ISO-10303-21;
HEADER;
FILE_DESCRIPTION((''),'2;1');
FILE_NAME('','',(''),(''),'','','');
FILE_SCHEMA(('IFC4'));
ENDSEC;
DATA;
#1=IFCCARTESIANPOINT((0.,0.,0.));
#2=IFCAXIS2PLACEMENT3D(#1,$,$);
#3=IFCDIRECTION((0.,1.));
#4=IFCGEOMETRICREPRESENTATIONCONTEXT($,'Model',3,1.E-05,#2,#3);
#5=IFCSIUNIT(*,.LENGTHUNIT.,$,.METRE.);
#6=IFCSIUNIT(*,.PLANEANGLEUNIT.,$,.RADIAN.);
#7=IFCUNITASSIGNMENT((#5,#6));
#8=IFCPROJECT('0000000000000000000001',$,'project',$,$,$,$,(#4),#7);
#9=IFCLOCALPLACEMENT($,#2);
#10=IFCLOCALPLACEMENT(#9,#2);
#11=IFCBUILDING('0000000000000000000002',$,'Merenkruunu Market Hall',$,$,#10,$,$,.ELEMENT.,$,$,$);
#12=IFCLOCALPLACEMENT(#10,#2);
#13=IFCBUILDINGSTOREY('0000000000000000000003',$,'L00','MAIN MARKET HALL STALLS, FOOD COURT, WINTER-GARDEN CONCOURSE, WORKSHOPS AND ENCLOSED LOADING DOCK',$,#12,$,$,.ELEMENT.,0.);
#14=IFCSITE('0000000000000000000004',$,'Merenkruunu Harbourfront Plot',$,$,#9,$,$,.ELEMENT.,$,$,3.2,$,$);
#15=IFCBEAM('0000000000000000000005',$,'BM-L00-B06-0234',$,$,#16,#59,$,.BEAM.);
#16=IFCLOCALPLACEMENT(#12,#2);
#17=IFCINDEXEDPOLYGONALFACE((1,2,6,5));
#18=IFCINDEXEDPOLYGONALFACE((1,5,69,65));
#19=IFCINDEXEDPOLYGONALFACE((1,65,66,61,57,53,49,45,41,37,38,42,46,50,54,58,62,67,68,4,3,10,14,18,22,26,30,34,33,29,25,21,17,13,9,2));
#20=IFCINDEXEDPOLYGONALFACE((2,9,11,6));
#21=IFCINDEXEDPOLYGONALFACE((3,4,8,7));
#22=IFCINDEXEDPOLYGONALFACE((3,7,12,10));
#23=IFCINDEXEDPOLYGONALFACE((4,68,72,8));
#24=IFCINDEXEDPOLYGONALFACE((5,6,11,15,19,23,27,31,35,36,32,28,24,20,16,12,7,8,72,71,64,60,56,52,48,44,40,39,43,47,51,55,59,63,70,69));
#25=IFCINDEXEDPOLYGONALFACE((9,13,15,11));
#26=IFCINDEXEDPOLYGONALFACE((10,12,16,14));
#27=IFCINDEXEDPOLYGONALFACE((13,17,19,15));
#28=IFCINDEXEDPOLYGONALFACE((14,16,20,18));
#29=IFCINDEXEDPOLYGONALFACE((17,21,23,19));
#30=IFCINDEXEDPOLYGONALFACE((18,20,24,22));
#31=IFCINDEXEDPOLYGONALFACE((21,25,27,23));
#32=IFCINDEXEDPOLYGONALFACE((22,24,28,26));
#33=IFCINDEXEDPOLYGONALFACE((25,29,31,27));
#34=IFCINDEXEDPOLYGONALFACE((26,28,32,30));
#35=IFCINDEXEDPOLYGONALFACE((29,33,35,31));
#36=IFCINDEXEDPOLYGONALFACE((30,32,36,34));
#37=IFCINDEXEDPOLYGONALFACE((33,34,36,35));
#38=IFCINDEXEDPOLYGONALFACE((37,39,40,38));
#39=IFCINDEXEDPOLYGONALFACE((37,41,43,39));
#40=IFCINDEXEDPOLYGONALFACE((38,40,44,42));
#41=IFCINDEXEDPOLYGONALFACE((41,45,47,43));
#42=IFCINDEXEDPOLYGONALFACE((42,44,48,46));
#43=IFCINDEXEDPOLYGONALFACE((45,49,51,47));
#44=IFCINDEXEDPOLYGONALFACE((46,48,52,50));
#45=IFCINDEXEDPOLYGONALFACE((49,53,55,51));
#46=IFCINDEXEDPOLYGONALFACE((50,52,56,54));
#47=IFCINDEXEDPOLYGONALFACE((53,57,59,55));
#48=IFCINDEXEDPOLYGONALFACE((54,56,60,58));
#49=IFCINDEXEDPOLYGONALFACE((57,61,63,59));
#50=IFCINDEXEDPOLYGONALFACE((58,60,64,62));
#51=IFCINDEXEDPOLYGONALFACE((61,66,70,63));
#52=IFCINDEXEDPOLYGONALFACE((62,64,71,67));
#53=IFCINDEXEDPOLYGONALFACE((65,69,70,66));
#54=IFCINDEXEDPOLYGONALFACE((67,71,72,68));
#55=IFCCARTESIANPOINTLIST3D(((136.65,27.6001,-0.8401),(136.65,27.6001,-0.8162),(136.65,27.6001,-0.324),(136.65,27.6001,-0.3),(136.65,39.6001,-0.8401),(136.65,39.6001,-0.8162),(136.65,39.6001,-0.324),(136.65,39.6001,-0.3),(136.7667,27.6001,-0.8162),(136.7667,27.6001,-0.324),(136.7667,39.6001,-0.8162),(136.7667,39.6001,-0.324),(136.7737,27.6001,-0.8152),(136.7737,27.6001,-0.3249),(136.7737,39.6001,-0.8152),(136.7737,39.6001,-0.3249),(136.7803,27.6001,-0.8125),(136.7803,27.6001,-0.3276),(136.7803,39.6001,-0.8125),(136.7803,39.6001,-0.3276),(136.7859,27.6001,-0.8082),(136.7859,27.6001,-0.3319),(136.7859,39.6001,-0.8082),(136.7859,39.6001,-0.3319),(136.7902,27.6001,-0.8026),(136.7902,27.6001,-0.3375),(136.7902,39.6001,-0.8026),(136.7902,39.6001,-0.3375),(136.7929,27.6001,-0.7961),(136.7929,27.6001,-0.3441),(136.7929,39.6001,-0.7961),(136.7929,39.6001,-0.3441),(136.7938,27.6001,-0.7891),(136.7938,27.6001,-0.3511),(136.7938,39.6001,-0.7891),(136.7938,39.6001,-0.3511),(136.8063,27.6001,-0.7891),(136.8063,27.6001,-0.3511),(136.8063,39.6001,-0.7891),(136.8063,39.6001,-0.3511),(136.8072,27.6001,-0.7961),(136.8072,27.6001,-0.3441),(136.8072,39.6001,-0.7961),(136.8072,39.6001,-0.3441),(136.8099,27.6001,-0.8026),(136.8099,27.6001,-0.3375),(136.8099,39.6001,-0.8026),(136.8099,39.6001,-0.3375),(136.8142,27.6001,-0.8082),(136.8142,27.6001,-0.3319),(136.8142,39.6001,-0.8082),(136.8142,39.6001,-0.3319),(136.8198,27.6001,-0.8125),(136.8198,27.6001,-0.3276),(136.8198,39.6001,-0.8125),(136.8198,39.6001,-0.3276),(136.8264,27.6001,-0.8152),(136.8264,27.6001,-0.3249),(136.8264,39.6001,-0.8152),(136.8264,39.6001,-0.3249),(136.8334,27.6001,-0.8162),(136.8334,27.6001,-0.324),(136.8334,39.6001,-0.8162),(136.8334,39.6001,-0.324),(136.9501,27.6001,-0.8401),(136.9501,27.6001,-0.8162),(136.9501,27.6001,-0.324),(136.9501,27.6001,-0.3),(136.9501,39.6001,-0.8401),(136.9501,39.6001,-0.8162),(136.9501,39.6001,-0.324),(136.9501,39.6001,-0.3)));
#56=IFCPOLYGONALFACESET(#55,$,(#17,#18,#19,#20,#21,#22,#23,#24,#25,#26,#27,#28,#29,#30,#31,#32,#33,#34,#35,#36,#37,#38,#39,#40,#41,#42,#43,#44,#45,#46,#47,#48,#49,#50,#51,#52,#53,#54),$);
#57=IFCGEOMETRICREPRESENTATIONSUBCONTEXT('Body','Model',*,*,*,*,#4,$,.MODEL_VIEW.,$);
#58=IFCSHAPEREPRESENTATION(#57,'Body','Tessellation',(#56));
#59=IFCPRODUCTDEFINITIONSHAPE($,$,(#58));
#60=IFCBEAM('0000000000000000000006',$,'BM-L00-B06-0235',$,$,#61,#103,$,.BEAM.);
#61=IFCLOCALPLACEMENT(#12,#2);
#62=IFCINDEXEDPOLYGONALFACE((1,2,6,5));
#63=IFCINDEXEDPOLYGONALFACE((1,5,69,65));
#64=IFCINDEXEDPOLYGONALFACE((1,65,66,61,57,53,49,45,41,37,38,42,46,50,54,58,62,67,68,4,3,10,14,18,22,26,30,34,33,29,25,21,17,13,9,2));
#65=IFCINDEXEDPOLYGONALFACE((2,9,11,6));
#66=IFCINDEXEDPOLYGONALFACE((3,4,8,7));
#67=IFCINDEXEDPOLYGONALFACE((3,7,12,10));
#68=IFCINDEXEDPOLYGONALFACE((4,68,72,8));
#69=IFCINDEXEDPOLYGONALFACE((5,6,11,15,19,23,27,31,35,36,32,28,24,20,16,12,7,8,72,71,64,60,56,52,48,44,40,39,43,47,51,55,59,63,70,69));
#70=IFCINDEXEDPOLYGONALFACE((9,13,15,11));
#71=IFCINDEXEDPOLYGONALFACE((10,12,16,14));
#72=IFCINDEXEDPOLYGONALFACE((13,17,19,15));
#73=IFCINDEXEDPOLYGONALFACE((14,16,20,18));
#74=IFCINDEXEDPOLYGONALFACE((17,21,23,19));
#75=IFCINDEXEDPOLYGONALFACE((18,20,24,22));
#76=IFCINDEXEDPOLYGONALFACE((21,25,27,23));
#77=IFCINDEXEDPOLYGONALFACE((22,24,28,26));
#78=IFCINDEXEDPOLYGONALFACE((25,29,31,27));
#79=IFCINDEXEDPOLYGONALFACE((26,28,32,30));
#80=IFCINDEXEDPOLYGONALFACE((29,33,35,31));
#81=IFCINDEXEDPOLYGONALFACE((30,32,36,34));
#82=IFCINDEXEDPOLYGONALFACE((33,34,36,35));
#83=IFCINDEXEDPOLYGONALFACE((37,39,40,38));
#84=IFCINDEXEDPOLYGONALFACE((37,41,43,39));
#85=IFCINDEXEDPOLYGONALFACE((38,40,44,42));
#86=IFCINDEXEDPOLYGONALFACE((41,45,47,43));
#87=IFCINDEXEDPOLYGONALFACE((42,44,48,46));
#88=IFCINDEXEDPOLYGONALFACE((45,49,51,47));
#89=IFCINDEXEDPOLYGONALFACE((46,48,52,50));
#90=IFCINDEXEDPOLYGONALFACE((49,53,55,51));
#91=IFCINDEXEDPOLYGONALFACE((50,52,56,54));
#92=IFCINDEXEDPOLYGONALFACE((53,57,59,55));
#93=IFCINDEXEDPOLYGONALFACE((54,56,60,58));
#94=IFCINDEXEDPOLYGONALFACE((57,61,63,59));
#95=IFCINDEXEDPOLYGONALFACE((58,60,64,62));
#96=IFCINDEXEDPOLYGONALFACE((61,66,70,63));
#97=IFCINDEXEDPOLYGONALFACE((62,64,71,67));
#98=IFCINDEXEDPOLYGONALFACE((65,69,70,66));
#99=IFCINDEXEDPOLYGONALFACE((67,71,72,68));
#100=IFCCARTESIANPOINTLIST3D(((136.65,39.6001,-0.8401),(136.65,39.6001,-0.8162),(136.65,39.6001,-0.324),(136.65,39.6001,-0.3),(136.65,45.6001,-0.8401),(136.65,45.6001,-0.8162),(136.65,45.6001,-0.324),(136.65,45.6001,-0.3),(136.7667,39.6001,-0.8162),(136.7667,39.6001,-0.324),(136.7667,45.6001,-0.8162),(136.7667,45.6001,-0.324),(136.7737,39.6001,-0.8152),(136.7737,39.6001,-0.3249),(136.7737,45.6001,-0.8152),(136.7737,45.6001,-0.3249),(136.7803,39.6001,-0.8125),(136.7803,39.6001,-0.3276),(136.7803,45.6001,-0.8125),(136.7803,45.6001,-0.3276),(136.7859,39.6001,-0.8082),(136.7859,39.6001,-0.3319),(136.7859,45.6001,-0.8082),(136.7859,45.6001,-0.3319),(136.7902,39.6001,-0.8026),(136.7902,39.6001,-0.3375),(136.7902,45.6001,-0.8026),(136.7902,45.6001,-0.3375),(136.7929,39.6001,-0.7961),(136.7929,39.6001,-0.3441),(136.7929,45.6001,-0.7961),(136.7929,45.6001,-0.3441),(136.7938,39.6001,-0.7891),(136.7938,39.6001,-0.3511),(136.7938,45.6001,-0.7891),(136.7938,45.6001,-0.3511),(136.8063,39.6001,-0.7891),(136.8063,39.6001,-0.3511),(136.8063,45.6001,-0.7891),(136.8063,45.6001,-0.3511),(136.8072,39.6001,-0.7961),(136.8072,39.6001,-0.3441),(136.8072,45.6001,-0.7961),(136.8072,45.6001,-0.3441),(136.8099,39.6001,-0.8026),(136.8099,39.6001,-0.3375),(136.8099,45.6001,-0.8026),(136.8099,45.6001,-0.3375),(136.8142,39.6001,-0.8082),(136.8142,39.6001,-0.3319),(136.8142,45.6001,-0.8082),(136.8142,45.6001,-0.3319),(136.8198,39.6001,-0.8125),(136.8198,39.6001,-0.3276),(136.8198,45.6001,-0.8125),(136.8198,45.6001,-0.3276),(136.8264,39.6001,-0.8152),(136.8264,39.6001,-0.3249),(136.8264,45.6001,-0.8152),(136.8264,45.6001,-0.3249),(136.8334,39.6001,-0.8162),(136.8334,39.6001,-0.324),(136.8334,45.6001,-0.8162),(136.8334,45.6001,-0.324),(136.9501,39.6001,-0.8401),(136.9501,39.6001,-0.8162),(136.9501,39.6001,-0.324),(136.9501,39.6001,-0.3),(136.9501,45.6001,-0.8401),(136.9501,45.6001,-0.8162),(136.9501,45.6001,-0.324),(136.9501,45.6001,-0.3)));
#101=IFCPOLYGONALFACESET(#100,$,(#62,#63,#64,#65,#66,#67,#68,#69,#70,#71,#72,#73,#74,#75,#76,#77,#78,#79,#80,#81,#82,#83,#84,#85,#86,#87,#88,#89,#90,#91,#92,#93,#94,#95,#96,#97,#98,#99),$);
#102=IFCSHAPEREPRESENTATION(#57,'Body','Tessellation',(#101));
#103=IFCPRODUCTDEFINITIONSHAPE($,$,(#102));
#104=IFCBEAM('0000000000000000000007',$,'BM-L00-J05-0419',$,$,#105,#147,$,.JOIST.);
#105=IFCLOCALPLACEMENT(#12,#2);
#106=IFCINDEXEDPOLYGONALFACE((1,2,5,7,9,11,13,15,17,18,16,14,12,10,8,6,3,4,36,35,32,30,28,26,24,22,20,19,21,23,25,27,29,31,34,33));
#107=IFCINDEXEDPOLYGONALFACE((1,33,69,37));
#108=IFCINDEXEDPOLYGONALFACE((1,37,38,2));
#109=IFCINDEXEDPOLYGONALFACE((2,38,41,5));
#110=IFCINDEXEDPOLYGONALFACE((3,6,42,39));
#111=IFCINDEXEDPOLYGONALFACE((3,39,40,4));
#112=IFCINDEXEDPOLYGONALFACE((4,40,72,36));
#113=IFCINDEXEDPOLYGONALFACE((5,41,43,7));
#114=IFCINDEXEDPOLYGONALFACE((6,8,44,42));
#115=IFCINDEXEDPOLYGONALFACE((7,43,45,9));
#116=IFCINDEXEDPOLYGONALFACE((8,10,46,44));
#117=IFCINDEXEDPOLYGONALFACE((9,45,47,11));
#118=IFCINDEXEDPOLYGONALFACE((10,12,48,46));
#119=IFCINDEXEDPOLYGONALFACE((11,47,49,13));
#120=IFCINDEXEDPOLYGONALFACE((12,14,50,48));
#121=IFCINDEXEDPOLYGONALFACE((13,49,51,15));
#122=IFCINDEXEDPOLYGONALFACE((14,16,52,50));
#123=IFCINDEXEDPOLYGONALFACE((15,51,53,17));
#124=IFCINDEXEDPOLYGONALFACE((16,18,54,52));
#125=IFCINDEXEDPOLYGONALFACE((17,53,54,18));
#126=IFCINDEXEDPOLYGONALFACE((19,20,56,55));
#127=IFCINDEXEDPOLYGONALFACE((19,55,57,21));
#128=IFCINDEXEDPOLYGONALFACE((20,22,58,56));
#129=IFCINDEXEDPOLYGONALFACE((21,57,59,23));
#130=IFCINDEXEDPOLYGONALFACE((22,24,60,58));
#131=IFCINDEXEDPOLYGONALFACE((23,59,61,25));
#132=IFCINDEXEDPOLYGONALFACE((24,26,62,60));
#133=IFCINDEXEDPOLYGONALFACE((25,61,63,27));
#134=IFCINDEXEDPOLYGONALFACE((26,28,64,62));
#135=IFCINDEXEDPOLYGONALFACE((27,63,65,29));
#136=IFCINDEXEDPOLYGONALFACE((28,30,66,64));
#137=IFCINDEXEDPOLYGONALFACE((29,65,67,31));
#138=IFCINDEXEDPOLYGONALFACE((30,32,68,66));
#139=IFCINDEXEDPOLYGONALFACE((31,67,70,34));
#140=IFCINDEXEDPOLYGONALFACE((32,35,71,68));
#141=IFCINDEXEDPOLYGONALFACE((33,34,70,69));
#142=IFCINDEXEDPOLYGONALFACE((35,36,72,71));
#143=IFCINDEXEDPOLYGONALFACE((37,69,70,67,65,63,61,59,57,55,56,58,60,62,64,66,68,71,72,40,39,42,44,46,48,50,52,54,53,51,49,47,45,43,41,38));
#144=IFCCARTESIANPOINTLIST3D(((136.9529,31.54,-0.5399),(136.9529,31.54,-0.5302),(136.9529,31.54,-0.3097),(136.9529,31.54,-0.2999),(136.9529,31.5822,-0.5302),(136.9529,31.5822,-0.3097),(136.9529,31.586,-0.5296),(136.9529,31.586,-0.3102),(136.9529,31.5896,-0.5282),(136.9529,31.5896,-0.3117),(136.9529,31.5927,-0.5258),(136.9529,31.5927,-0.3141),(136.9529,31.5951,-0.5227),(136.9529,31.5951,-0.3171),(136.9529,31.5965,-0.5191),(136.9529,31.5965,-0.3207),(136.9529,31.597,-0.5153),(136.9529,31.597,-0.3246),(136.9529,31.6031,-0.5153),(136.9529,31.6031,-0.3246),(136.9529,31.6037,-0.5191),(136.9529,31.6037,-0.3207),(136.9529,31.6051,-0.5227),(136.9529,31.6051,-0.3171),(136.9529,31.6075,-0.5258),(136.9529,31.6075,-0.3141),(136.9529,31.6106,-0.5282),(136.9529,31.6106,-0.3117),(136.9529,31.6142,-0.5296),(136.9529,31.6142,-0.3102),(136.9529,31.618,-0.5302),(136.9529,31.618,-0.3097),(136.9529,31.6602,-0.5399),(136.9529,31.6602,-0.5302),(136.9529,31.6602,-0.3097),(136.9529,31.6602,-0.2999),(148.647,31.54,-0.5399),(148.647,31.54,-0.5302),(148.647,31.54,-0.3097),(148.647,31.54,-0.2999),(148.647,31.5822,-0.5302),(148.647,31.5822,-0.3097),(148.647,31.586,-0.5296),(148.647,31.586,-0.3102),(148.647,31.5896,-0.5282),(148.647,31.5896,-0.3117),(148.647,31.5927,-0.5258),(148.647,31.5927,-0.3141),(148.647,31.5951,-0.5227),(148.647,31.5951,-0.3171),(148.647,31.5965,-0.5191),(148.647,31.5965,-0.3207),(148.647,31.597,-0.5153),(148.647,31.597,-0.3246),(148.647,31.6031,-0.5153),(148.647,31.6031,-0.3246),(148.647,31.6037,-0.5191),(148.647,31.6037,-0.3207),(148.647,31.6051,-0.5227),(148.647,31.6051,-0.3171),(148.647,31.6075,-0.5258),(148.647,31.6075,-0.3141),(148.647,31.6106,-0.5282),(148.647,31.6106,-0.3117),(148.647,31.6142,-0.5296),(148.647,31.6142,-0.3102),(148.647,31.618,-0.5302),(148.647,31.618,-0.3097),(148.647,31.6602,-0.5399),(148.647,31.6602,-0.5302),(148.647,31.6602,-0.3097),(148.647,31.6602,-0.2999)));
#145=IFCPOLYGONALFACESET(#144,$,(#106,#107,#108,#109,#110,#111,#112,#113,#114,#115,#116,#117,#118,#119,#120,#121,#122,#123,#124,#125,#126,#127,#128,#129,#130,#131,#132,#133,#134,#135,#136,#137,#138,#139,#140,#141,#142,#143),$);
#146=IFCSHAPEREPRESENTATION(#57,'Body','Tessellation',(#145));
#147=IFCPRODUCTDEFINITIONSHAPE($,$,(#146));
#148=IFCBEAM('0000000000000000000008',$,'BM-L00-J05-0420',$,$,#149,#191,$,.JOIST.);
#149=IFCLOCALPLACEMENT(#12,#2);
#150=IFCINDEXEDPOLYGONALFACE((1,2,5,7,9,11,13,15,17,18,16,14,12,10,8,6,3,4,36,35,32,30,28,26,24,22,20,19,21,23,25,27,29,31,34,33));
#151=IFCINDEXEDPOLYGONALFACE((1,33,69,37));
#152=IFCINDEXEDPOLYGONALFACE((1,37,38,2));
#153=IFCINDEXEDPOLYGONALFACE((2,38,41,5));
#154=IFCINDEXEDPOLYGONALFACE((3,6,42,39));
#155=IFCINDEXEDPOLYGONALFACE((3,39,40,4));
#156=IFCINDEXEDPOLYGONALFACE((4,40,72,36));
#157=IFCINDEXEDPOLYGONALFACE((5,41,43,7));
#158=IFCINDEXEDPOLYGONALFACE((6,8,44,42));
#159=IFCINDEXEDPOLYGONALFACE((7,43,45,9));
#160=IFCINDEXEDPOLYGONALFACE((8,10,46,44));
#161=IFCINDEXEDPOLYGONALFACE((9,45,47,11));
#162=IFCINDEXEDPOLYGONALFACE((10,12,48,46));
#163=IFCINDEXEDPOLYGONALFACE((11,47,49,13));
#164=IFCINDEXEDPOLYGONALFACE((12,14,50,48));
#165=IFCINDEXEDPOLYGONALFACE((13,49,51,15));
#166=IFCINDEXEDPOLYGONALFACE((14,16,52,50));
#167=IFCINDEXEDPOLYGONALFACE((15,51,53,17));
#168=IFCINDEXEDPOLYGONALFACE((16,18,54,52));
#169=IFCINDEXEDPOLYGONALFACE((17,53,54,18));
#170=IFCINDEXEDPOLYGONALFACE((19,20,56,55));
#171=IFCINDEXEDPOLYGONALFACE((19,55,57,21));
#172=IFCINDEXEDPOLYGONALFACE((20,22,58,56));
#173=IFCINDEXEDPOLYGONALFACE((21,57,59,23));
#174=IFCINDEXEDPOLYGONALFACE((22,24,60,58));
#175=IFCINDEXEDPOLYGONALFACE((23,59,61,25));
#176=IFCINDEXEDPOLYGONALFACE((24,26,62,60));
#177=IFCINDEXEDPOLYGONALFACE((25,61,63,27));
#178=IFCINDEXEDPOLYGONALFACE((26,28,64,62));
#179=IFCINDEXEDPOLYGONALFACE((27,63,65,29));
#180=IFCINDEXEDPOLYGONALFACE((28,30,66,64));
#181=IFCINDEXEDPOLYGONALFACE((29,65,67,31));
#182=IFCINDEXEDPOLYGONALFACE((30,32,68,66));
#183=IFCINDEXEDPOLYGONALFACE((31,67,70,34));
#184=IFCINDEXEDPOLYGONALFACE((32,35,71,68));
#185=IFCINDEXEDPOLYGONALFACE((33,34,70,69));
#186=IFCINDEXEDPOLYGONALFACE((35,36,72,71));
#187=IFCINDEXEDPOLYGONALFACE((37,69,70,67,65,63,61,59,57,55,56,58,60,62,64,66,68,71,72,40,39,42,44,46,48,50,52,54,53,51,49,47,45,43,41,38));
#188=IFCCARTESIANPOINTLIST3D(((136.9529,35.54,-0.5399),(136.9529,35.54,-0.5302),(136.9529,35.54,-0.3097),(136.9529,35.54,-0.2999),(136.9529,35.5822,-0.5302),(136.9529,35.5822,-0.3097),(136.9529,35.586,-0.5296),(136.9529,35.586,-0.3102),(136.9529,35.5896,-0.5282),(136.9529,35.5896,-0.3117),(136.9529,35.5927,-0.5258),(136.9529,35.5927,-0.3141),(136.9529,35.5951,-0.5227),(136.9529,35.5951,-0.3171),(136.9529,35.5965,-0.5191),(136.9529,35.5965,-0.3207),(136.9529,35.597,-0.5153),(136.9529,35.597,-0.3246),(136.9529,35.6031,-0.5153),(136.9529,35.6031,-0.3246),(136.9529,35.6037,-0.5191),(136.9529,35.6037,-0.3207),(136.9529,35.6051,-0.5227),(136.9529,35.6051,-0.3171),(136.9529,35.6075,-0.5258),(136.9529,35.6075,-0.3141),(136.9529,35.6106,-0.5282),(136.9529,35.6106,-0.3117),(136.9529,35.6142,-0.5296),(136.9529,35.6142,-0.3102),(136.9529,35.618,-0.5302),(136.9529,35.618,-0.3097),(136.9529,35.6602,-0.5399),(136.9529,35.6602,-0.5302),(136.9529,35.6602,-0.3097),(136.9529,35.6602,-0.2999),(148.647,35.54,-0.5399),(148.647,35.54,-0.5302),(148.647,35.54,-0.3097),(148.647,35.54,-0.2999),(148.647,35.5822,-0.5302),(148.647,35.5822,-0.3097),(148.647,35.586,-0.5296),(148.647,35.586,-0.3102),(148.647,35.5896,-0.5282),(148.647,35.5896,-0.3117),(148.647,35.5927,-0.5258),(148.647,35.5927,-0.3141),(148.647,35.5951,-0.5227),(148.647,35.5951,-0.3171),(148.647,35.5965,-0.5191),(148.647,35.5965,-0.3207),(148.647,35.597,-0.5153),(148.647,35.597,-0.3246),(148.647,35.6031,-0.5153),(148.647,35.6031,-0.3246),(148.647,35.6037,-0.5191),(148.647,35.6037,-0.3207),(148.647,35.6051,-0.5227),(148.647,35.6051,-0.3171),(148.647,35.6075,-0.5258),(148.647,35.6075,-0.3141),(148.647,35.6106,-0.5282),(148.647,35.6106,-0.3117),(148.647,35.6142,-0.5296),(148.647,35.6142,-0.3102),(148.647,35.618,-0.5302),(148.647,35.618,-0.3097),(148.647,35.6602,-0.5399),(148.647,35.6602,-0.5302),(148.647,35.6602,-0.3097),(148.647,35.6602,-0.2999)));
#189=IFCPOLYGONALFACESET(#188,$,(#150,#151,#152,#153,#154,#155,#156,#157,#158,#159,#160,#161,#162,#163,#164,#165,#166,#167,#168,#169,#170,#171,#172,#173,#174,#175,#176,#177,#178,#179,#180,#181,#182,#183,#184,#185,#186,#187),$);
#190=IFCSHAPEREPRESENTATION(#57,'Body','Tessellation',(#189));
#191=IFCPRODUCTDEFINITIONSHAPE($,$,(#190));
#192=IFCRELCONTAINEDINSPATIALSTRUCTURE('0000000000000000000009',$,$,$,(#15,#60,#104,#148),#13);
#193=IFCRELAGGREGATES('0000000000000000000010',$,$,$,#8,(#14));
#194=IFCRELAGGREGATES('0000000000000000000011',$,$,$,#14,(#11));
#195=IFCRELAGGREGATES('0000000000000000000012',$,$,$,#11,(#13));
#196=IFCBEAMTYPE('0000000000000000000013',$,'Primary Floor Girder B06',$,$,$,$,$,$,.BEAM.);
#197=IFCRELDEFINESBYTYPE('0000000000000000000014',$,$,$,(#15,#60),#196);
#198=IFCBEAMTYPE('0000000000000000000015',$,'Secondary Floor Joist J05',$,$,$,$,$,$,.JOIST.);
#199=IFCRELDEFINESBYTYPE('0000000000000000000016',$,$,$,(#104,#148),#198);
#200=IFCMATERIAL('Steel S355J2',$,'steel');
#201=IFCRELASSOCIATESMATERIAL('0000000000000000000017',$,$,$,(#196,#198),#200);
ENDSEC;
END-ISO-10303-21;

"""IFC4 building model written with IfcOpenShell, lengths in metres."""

from ifc_helpers import new_model, si_unit, direction, frame, origin, origin_2d, place, context, subcontext, project, spatial, i_section, extrude, material, material_profile, profile_set, type_object, element, save


model = new_model("IFC4")

# Units and contexts
model_context = context("Model", 3, precision=1e-05, world=origin(), true_north=direction((0.0, 1.0)))
body_context = subcontext(model_context, "Body", "Model", "MODEL_VIEW")
ifc_project = project(units=[si_unit("LENGTHUNIT", "METRE"), si_unit("PLANEANGLEUNIT", "RADIAN")], contexts=[model_context])

# Site, building, storey
site_placement = place(None, origin())
site = spatial("IfcSite", under=ifc_project, at=site_placement, Name="Merenkruunu Harbourfront Plot", CompositionType="ELEMENT", RefElevation=3.2)
building_placement = place(site_placement, origin())
building = spatial("IfcBuilding", under=site, at=building_placement, Name="Merenkruunu Market Hall", CompositionType="ELEMENT")
storey_placement = place(building_placement, origin())
storey = spatial("IfcBuildingStorey", under=building, at=storey_placement, Name="L00", Description="MAIN MARKET HALL STALLS, FOOD COURT, WINTER-GARDEN CONCOURSE, WORKSHOPS AND ENCLOSED LOADING DOCK", CompositionType="ELEMENT", Elevation=0.0)

# Shared definitions
ifc_material_1 = material(Name="Steel S355J2", Category="steel")

# Beams
ifc_material_profile_1 = material_profile(ifc_material_1, i_section(OverallWidth=0.3, OverallDepth=0.54, WebThickness=0.0125, FlangeThickness=0.0239, FilletRadius=0.0271, at=origin_2d()), Name="HEA 550")
ifc_profile_set_1 = profile_set([ifc_material_profile_1], Name="Steel S355J2")
beam_type_1 = type_object("IfcBeamType", Name="Primary Floor Girder B06", PredefinedType="BEAM", material=ifc_profile_set_1)
beam_1_placement = place(storey_placement, frame((136.8, 27.6001, -0.5701), z_axis=(0.0, 1.0, 0.0), x_axis=(-1.0, 0.0, 0.0)))
element("IfcBeam", 1, at=beam_1_placement, inside=storey, type_object=beam_type_1, Name="BM-L00-B06-0234", PredefinedType="BEAM", context=body_context, shape_type="SweptSolid", body=[
    extrude(i_section(OverallWidth=0.3, OverallDepth=0.54, WebThickness=0.0125, FlangeThickness=0.0239, FilletRadius=0.0271, at=origin_2d()), origin(), (0.0, 0.0, 1.0), 12.0),
])
beam_2_placement = place(storey_placement, frame((136.8, 39.6001, -0.5701), z_axis=(0.0, 1.0, 0.0), x_axis=(-1.0, 0.0, 0.0)))
element("IfcBeam", 2, at=beam_2_placement, inside=storey, type_object=beam_type_1, Name="BM-L00-B06-0235", PredefinedType="BEAM", context=body_context, shape_type="SweptSolid", body=[
    extrude(i_section(OverallWidth=0.3, OverallDepth=0.54, WebThickness=0.0125, FlangeThickness=0.0239, FilletRadius=0.0271, at=origin_2d()), origin(), (0.0, 0.0, 1.0), 6.0),
])
ifc_material_profile_2 = material_profile(ifc_material_1, i_section(OverallWidth=0.1201, OverallDepth=0.24, WebThickness=0.0061, FlangeThickness=0.0098, FilletRadius=0.0149, at=origin_2d()), Name="IPE 240")
ifc_profile_set_2 = profile_set([ifc_material_profile_2], Name="Steel S355J2")
beam_type_2 = type_object("IfcBeamType", Name="Secondary Floor Joist J05", PredefinedType="JOIST", material=ifc_profile_set_2)
for number, where, z_axis, x_axis, name in (
    (3, (136.9529, 31.6001, -0.4199), (1.0, 0.0, 0.0), (0.0, 1.0, 0.0), "BM-L00-J05-0419"),
    (4, (136.9529, 35.6001, -0.4199), (1.0, 0.0, 0.0), (0.0, 1.0, 0.0), "BM-L00-J05-0420"),
):
    element("IfcBeam", number, at=place(storey_placement, frame(where, z_axis=z_axis, x_axis=x_axis)), inside=storey, type_object=beam_type_2, Name=name, PredefinedType="JOIST", context=body_context, shape_type="SweptSolid", body=[
        extrude(i_section(OverallWidth=0.1201, OverallDepth=0.24, WebThickness=0.0061, FlangeThickness=0.0098, FilletRadius=0.0149, at=origin_2d()), origin(), (0.0, 0.0, 1.0), 11.6941),
    ])

save(model, "model.ifc")
